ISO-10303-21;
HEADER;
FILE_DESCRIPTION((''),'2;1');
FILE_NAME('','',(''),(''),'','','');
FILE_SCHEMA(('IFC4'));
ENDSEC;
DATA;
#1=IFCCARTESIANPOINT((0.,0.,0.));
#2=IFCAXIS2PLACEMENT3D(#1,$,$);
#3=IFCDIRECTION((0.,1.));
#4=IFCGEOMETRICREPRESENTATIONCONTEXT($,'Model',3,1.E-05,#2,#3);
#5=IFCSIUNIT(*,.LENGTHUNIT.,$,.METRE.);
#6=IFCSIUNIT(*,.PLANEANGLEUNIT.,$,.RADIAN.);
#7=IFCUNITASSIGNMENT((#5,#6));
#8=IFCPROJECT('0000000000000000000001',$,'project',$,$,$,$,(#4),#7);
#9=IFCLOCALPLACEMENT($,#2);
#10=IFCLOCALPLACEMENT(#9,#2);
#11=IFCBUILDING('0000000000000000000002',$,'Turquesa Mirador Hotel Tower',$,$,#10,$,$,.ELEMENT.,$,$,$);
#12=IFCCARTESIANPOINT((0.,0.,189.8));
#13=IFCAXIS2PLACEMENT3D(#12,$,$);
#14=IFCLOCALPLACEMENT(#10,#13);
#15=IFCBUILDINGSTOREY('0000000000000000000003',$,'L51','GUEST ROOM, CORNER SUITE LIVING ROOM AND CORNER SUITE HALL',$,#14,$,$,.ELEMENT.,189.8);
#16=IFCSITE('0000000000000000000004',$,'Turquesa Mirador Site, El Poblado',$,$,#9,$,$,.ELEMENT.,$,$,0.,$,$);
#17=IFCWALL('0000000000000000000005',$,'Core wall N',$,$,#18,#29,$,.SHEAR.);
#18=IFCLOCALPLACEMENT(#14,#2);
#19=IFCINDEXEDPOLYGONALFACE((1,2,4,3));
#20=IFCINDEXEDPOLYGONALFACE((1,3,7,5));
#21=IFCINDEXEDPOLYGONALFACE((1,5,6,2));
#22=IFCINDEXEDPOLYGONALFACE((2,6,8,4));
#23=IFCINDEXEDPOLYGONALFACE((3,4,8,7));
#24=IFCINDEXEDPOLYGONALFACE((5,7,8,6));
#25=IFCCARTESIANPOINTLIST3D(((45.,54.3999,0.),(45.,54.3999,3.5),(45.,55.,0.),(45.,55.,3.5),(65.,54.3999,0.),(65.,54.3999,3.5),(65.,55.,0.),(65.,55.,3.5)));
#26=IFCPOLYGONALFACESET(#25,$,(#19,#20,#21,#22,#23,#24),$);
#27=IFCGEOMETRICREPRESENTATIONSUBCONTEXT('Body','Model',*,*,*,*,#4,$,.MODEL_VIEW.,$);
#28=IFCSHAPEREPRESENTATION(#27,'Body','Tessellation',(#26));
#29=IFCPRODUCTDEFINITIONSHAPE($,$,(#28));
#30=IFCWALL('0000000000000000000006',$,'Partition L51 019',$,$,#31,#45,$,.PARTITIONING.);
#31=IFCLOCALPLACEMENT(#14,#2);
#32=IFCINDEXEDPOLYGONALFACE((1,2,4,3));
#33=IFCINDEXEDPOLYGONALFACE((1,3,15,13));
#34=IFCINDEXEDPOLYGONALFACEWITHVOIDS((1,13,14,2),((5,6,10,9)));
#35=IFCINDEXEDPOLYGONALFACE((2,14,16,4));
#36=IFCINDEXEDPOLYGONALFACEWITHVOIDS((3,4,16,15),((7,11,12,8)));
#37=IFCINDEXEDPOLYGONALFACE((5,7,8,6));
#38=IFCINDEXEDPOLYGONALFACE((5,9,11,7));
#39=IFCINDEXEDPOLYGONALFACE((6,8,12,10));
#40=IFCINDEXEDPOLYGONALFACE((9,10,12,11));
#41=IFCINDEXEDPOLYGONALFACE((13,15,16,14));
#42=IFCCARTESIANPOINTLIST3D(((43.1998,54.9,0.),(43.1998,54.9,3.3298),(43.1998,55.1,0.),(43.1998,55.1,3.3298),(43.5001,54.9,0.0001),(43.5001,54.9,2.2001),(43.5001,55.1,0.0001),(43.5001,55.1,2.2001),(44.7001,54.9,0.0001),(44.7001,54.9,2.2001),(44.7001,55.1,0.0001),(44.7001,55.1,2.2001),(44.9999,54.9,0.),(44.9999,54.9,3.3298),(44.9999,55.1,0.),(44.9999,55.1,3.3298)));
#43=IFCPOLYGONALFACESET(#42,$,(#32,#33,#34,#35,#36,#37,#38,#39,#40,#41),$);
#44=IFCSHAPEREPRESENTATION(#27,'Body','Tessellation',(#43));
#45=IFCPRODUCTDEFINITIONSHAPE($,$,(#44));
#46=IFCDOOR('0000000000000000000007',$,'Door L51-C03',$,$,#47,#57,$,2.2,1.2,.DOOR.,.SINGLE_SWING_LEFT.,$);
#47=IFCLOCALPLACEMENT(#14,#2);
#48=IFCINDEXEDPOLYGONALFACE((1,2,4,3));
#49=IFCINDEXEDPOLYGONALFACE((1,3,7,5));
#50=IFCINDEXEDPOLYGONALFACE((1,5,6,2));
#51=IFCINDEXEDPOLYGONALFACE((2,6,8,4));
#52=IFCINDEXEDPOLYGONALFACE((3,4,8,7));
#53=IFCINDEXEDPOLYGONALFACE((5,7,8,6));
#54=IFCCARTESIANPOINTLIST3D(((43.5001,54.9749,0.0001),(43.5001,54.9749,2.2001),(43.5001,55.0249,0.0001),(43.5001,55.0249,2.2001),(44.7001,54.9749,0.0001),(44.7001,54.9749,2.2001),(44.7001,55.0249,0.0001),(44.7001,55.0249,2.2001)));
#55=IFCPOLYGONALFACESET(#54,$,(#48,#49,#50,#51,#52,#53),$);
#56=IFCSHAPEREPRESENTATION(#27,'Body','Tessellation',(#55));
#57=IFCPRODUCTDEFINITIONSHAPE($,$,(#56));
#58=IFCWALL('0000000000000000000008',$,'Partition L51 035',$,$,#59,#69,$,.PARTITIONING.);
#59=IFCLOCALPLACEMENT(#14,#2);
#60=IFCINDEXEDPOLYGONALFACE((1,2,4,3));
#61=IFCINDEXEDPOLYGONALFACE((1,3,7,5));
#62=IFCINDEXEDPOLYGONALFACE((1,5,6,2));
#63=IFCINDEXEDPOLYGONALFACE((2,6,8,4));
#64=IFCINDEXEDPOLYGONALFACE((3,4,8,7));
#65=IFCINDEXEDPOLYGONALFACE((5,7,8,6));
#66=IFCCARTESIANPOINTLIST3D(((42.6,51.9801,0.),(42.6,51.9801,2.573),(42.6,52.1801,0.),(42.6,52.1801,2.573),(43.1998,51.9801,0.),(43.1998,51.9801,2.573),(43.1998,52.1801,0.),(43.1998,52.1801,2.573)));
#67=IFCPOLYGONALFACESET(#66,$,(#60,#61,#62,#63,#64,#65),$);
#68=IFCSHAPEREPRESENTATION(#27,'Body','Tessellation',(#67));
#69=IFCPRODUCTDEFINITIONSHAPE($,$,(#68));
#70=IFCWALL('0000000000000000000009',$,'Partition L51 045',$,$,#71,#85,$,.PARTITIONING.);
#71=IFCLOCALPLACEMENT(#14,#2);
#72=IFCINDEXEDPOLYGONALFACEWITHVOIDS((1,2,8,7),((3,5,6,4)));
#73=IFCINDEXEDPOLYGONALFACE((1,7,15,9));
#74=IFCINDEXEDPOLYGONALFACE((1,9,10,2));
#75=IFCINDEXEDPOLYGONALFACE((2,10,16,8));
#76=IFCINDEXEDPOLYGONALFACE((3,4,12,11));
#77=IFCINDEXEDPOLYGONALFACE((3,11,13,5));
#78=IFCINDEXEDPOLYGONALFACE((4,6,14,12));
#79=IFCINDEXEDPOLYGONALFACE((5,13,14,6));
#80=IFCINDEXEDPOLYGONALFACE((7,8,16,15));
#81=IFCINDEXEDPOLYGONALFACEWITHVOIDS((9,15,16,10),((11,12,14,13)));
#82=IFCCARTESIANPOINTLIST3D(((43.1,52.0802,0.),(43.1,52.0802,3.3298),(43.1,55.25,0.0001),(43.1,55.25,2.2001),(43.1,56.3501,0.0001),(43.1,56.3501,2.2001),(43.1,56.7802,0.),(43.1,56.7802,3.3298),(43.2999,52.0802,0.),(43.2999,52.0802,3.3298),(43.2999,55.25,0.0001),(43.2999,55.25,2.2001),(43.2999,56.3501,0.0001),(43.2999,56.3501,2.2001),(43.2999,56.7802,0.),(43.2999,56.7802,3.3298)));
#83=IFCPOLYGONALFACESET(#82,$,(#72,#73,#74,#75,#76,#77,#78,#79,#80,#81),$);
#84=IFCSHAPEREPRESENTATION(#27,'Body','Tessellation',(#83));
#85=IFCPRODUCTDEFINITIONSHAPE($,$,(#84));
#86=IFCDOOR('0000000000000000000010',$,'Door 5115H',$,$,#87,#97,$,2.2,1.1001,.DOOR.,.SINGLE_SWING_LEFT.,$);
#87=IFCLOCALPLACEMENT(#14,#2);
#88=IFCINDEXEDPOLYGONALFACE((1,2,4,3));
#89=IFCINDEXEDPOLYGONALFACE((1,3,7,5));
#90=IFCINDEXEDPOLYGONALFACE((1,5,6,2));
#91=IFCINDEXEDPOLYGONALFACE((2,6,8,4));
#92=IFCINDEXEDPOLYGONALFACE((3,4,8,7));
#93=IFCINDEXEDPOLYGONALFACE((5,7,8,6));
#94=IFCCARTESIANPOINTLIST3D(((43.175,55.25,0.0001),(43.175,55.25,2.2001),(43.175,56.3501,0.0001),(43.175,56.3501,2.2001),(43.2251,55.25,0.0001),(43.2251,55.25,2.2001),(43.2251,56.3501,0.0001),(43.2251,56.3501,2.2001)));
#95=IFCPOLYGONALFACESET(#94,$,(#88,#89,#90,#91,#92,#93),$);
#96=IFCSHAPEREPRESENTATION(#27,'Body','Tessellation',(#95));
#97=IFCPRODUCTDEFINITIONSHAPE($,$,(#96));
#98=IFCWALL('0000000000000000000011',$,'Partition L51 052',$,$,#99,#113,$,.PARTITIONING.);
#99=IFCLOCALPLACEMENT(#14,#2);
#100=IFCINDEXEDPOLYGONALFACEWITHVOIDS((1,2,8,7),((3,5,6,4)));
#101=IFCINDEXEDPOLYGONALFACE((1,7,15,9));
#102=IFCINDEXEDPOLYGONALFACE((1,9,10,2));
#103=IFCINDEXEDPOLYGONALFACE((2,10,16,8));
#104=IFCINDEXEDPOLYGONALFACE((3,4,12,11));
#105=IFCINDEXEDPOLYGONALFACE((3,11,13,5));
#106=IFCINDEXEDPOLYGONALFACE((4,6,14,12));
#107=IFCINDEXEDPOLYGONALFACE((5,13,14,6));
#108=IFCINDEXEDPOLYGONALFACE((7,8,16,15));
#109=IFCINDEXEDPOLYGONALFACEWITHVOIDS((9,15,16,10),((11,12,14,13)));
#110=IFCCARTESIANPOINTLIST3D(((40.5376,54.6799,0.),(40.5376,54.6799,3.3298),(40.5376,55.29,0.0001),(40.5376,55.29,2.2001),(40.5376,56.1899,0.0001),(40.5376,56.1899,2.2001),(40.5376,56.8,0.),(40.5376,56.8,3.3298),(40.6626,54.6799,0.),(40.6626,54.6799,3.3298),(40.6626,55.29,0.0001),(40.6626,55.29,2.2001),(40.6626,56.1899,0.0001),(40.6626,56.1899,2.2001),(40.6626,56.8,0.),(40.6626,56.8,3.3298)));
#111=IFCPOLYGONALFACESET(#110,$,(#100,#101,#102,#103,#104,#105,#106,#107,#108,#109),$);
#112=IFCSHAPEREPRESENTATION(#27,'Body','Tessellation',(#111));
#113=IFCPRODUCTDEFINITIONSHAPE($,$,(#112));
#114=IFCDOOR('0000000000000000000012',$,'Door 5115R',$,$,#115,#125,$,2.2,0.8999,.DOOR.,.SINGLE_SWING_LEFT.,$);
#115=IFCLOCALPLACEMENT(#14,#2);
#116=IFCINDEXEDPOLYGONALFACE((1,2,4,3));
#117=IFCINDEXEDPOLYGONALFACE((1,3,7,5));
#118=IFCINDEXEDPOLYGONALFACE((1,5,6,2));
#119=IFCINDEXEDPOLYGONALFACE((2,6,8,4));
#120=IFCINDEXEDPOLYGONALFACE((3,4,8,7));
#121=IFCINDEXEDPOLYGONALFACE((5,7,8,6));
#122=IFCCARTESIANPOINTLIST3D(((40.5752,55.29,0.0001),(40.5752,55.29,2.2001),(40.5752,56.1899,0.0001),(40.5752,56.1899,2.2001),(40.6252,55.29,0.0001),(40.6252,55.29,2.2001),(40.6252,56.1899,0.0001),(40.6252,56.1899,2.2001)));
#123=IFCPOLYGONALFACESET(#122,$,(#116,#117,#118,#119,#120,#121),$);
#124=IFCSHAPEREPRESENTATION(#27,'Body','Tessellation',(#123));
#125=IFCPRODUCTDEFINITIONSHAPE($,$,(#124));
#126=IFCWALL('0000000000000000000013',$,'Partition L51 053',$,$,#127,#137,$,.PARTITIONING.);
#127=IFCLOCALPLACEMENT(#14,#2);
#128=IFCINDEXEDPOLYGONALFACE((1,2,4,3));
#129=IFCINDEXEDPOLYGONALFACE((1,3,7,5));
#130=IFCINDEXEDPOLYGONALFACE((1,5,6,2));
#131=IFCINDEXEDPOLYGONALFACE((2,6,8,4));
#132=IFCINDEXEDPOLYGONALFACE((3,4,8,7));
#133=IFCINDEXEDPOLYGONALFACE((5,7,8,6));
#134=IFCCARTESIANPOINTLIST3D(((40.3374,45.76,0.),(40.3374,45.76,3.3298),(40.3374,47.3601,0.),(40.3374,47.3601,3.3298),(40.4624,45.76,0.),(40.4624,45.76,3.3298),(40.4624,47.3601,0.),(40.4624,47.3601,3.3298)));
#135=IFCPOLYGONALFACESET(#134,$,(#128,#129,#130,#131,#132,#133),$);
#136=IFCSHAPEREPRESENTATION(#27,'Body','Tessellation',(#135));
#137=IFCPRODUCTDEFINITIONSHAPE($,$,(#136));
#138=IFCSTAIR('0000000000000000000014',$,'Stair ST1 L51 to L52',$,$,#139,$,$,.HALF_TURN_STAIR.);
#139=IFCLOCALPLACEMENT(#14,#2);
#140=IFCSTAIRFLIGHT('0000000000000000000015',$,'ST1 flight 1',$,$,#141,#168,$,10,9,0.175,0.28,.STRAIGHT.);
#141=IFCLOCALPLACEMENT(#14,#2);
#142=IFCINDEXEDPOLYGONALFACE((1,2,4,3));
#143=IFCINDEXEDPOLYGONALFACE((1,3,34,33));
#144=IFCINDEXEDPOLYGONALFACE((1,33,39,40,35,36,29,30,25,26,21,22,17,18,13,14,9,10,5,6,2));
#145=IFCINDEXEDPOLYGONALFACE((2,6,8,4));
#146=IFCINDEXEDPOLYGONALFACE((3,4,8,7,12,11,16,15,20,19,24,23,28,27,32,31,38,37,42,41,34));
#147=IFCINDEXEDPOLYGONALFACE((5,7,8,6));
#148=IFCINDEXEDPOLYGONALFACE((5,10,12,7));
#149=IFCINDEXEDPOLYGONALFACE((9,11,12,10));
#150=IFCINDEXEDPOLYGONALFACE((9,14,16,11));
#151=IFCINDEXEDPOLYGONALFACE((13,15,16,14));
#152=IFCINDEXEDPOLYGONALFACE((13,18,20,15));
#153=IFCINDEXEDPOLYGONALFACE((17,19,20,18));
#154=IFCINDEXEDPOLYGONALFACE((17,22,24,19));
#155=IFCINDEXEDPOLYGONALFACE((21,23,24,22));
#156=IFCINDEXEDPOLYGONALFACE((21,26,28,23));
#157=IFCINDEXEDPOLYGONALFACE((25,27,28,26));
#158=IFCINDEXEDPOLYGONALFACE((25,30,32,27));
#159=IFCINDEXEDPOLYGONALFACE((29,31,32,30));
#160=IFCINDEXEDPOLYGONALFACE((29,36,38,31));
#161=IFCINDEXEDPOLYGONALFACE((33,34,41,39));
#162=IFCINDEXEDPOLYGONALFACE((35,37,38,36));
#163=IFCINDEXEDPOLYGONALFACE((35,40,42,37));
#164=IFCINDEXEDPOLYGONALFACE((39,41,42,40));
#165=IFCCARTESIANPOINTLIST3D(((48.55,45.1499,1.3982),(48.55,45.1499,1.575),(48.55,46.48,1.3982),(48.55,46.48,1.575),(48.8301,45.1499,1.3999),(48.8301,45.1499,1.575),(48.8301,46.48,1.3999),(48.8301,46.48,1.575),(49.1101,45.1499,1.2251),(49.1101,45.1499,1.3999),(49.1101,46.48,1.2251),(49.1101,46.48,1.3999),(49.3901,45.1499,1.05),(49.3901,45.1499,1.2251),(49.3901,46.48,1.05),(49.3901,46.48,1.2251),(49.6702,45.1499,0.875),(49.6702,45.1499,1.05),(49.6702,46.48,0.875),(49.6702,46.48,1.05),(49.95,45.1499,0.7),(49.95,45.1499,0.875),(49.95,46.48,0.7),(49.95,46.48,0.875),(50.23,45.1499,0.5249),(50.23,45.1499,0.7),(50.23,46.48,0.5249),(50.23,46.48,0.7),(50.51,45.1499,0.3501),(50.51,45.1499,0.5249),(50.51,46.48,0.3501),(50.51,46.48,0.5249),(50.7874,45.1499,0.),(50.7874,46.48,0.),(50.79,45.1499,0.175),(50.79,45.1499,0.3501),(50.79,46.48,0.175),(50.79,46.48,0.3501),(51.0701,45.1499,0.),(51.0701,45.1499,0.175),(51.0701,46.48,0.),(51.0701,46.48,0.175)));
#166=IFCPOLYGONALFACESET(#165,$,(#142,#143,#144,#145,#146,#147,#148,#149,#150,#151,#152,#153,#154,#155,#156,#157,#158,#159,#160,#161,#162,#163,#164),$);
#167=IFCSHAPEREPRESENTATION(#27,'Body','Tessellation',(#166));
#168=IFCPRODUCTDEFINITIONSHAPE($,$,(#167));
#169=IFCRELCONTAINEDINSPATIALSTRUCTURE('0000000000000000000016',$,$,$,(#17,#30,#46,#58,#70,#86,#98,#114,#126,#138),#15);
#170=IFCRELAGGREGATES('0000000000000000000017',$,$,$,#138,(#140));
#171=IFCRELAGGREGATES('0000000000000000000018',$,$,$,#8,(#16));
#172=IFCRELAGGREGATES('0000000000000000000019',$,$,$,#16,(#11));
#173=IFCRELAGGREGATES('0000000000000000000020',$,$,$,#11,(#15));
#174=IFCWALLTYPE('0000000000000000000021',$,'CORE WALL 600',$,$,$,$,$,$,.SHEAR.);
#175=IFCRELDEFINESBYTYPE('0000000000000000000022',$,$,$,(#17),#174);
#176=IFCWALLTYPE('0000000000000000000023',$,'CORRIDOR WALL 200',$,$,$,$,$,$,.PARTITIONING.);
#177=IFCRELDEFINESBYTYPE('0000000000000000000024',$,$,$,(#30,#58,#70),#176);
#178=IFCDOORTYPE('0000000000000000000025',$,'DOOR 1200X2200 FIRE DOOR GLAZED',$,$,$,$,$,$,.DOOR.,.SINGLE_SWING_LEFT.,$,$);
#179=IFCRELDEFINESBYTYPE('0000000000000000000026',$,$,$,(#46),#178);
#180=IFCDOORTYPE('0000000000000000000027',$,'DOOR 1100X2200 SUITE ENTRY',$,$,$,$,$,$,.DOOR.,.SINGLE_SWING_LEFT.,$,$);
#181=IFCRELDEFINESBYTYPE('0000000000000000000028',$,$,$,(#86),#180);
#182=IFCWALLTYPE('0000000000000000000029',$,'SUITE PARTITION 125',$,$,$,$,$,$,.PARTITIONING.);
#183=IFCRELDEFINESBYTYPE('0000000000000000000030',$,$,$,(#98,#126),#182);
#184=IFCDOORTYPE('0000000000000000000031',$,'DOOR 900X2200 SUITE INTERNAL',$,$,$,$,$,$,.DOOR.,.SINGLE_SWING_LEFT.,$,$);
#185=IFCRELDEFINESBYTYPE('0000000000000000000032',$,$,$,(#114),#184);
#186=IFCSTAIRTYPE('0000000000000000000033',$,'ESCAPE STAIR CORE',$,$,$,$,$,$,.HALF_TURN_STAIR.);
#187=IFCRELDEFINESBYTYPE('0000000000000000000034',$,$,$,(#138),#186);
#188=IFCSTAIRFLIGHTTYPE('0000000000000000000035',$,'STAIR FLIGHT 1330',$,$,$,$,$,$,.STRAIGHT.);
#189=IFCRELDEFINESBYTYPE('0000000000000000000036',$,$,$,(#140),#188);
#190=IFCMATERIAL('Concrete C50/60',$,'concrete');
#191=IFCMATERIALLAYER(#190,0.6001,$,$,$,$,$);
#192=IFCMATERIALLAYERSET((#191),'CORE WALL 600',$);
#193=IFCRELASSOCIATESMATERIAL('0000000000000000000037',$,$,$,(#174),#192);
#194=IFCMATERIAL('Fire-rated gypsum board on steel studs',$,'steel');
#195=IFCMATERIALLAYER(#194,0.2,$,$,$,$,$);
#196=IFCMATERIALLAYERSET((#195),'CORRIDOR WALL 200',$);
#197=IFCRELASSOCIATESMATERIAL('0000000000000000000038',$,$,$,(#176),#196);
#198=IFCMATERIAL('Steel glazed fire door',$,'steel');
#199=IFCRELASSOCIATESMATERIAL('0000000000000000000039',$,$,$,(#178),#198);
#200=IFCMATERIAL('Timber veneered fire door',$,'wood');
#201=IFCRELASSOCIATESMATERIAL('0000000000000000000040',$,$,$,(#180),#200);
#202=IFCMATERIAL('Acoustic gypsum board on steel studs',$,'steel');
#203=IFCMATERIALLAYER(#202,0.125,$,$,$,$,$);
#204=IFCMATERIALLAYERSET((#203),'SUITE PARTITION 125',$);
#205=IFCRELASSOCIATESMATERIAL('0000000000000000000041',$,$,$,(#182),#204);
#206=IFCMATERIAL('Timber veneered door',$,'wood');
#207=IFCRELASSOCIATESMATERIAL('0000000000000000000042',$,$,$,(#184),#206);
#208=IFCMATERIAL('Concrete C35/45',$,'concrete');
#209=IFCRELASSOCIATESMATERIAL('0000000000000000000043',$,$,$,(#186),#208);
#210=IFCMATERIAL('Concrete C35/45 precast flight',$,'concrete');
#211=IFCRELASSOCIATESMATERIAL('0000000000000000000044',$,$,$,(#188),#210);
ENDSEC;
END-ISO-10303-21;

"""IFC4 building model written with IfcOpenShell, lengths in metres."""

from ifc_helpers import new_model, si_unit, direction, frame, frame_2d, origin, place, context, subcontext, project, spatial, polyline, rectangle, outline, extrude, material, layer, layer_set, type_object, element, fill, aggregate, save


model = new_model("IFC4")

# Units and contexts
model_context = context("Model", 3, precision=1e-05, world=origin(), true_north=direction((0.0, 1.0)))
body_context = subcontext(model_context, "Body", "Model", "MODEL_VIEW")
ifc_project = project(units=[si_unit("LENGTHUNIT", "METRE"), si_unit("PLANEANGLEUNIT", "RADIAN")], contexts=[model_context])

# Site, building, storey
site_placement = place(None, origin())
site = spatial("IfcSite", under=ifc_project, at=site_placement, Name="Turquesa Mirador Site, El Poblado", CompositionType="ELEMENT", RefElevation=0.0)
building_placement = place(site_placement, origin())
building = spatial("IfcBuilding", under=site, at=building_placement, Name="Turquesa Mirador Hotel Tower", CompositionType="ELEMENT")
storey_placement = place(building_placement, frame((0.0, 0.0, 189.8)))
storey = spatial("IfcBuildingStorey", under=building, at=storey_placement, Name="L51", Description="GUEST ROOM, CORNER SUITE LIVING ROOM AND CORNER SUITE HALL", CompositionType="ELEMENT", Elevation=189.8)

# Wall
ifc_material_1 = material(Name="Concrete C50/60", Category="concrete")
ifc_layer_1 = layer(ifc_material_1, 0.6001)
ifc_layer_set_1 = layer_set([ifc_layer_1], Name="CORE WALL 600")
wall_type_1 = type_object("IfcWallType", Name="CORE WALL 600", PredefinedType="SHEAR", material=ifc_layer_set_1)
wall_1_placement = place(storey_placement, frame((45.0, 54.7, 0.0), z_axis=(0.0, 0.0, 1.0), x_axis=(1.0, 0.0, 0.0)))
element("IfcWall", 1, at=wall_1_placement, inside=storey, type_object=wall_type_1, Name="Core wall N", PredefinedType="SHEAR", context=body_context, shape_type="SweptSolid", body=[
    extrude(rectangle(XDim=20.0, YDim=0.6001, at=frame_2d((10.0, 0.0))), origin(), (0.0, 0.0, 1.0), 3.5),
])

# Wall, opening, door
ifc_material_2 = material(Name="Fire-rated gypsum board on steel studs", Category="steel")
ifc_layer_2 = layer(ifc_material_2, 0.2)
ifc_layer_set_2 = layer_set([ifc_layer_2], Name="CORRIDOR WALL 200")
wall_type_2 = type_object("IfcWallType", Name="CORRIDOR WALL 200", PredefinedType="PARTITIONING", material=ifc_layer_set_2)
wall_2_placement = place(storey_placement, frame((43.2, 55.0, 0.0), z_axis=(0.0, 0.0, 1.0), x_axis=(1.0, 0.0, 0.0)))
wall_2 = element("IfcWall", 2, at=wall_2_placement, inside=storey, type_object=wall_type_2, Name="Partition L51 019", PredefinedType="PARTITIONING", context=body_context, shape_type="SweptSolid", body=[
    extrude(rectangle(XDim=1.8, YDim=0.2, at=frame_2d((0.8999, 0.0))), origin(), (0.0, 0.0, 1.0), 3.3298),
])
opening_1_placement = place(wall_2_placement, frame((0.3, 0.0, 0.0)))
opening_1 = element("IfcOpeningElement", 3, at=opening_1_placement, cuts=wall_2, PredefinedType="OPENING", context=body_context, shape_type="SweptSolid", body=[
    extrude(rectangle(XDim=1.2, YDim=2.2, at=frame_2d((0.6001, 1.1001))), frame((0.0, 0.1099, 0.0), z_axis=(0.0, -1.0, 0.0), x_axis=(1.0, 0.0, 0.0)), (0.0, 0.0, 1.0), 0.22),
])
ifc_material_3 = material(Name="Steel glazed fire door", Category="steel")
door_type_1 = type_object("IfcDoorType", Name="DOOR 1200X2200 FIRE DOOR GLAZED", OperationType="SINGLE_SWING_LEFT", PredefinedType="DOOR", material=ifc_material_3)
door_1_placement = place(opening_1_placement, origin())
door_1 = element("IfcDoor", 4, at=door_1_placement, inside=storey, type_object=door_type_1, Name="Door L51-C03", OperationType="SINGLE_SWING_LEFT", OverallHeight=2.2, OverallWidth=1.2, PredefinedType="DOOR", context=body_context, shape_type="SweptSolid", body=[
    extrude(rectangle(XDim=1.2, YDim=2.2, at=frame_2d((0.6001, 1.1001))), frame((0.0, 0.0249, 0.0), z_axis=(0.0, -1.0, 0.0), x_axis=(1.0, 0.0, 0.0)), (0.0, 0.0, 1.0), 0.05),
])
fill(opening_1, door_1)

# Wall
wall_3_placement = place(storey_placement, frame((42.6001, 52.0801, 0.0), z_axis=(0.0, 0.0, 1.0), x_axis=(1.0, 0.0, 0.0)))
element("IfcWall", 5, at=wall_3_placement, inside=storey, type_object=wall_type_2, Name="Partition L51 035", PredefinedType="PARTITIONING", context=body_context, shape_type="SweptSolid", body=[
    extrude(rectangle(XDim=0.5999, YDim=0.2, at=frame_2d((0.2998, 0.0))), origin(), (0.0, 0.0, 1.0), 2.573),
])

# Walls, openings, doors
wall_4_placement = place(storey_placement, frame((43.2, 52.0801, 0.0), z_axis=(0.0, 0.0, 1.0), x_axis=(0.0, 1.0, 0.0)))
wall_4 = element("IfcWall", 6, at=wall_4_placement, inside=storey, type_object=wall_type_2, Name="Partition L51 045", PredefinedType="PARTITIONING", context=body_context, shape_type="SweptSolid", body=[
    extrude(rectangle(XDim=4.7, YDim=0.2, at=frame_2d((2.3501, 0.0))), origin(), (0.0, 0.0, 1.0), 3.3298),
])
opening_2_placement = place(wall_4_placement, frame((3.1699, 0.0, 0.0)))
opening_2 = element("IfcOpeningElement", 7, at=opening_2_placement, cuts=wall_4, PredefinedType="OPENING", context=body_context, shape_type="SweptSolid", body=[
    extrude(rectangle(XDim=1.1001, YDim=2.2, at=frame_2d((0.55, 1.1001))), frame((0.0, 0.1099, 0.0), z_axis=(0.0, -1.0, 0.0), x_axis=(1.0, 0.0, 0.0)), (0.0, 0.0, 1.0), 0.22),
])
ifc_material_4 = material(Name="Timber veneered fire door", Category="wood")
door_type_2 = type_object("IfcDoorType", Name="DOOR 1100X2200 SUITE ENTRY", OperationType="SINGLE_SWING_LEFT", PredefinedType="DOOR", material=ifc_material_4)
door_2_placement = place(opening_2_placement, origin())
door_2 = element("IfcDoor", 8, at=door_2_placement, inside=storey, type_object=door_type_2, Name="Door 5115H", OperationType="SINGLE_SWING_LEFT", OverallHeight=2.2, OverallWidth=1.1001, PredefinedType="DOOR", context=body_context, shape_type="SweptSolid", body=[
    extrude(rectangle(XDim=1.1001, YDim=2.2, at=frame_2d((0.55, 1.1001))), frame((0.0, 0.0249, 0.0), z_axis=(0.0, -1.0, 0.0), x_axis=(1.0, 0.0, 0.0)), (0.0, 0.0, 1.0), 0.05),
])
fill(opening_2, door_2)
ifc_material_5 = material(Name="Acoustic gypsum board on steel studs", Category="steel")
ifc_layer_3 = layer(ifc_material_5, 0.125)
ifc_layer_set_3 = layer_set([ifc_layer_3], Name="SUITE PARTITION 125")
wall_type_3 = type_object("IfcWallType", Name="SUITE PARTITION 125", PredefinedType="PARTITIONING", material=ifc_layer_set_3)
wall_5_placement = place(storey_placement, frame((40.6001, 54.6799, 0.0), z_axis=(0.0, 0.0, 1.0), x_axis=(0.0, 1.0, 0.0)))
wall_5 = element("IfcWall", 9, at=wall_5_placement, inside=storey, type_object=wall_type_3, Name="Partition L51 052", PredefinedType="PARTITIONING", context=body_context, shape_type="SweptSolid", body=[
    extrude(rectangle(XDim=2.1201, YDim=0.125, at=frame_2d((1.0601, 0.0))), origin(), (0.0, 0.0, 1.0), 3.3298),
])
opening_3_placement = place(wall_5_placement, frame((0.6101, 0.0, 0.0)))
opening_3 = element("IfcOpeningElement", 10, at=opening_3_placement, cuts=wall_5, PredefinedType="OPENING", context=body_context, shape_type="SweptSolid", body=[
    extrude(rectangle(XDim=0.8999, YDim=2.2, at=frame_2d((0.45, 1.1001))), frame((0.0, 0.0725, 0.0), z_axis=(0.0, -1.0, 0.0), x_axis=(1.0, 0.0, 0.0)), (0.0, 0.0, 1.0), 0.145),
])
ifc_material_6 = material(Name="Timber veneered door", Category="wood")
door_type_3 = type_object("IfcDoorType", Name="DOOR 900X2200 SUITE INTERNAL", OperationType="SINGLE_SWING_LEFT", PredefinedType="DOOR", material=ifc_material_6)
door_3_placement = place(opening_3_placement, origin())
door_3 = element("IfcDoor", 11, at=door_3_placement, inside=storey, type_object=door_type_3, Name="Door 5115R", OperationType="SINGLE_SWING_LEFT", OverallHeight=2.2, OverallWidth=0.8999, PredefinedType="DOOR", context=body_context, shape_type="SweptSolid", body=[
    extrude(rectangle(XDim=0.8999, YDim=2.2, at=frame_2d((0.45, 1.1001))), frame((0.0, 0.0249, 0.0), z_axis=(0.0, -1.0, 0.0), x_axis=(1.0, 0.0, 0.0)), (0.0, 0.0, 1.0), 0.05),
])
fill(opening_3, door_3)

# Wall
wall_6_placement = place(storey_placement, frame((40.3999, 45.76, 0.0), z_axis=(0.0, 0.0, 1.0), x_axis=(0.0, 1.0, 0.0)))
element("IfcWall", 12, at=wall_6_placement, inside=storey, type_object=wall_type_3, Name="Partition L51 053", PredefinedType="PARTITIONING", context=body_context, shape_type="SweptSolid", body=[
    extrude(rectangle(XDim=1.6001, YDim=0.125, at=frame_2d((0.8, 0.0))), origin(), (0.0, 0.0, 1.0), 3.3298),
])

# Stair, stair flight
ifc_material_7 = material(Name="Concrete C35/45", Category="concrete")
stair_type = type_object("IfcStairType", Name="ESCAPE STAIR CORE", PredefinedType="HALF_TURN_STAIR", material=ifc_material_7)
stair_1_placement = place(storey_placement, origin())
stair_1 = element("IfcStair", 13, at=stair_1_placement, inside=storey, type_object=stair_type, Name="Stair ST1 L51 to L52", PredefinedType="HALF_TURN_STAIR")
ifc_material_8 = material(Name="Concrete C35/45 precast flight", Category="concrete")
stair_flight_type = type_object("IfcStairFlightType", Name="STAIR FLIGHT 1330", PredefinedType="STRAIGHT", material=ifc_material_8)
stair_flight_1_placement = place(storey_placement, frame((51.0701, 45.8149, 0.0), z_axis=(0.0, 0.0, 1.0), x_axis=(-1.0, 0.0, 0.0)))
stair_flight_1 = element("IfcStairFlight", 14, at=stair_flight_1_placement, type_object=stair_flight_type, Name="ST1 flight 1", NumberOfRisers=10, NumberOfTreads=9, PredefinedType="STRAIGHT", RiserHeight=0.175, TreadLength=0.28, context=body_context, shape_type="SweptSolid", body=[
    extrude(outline(polyline([(0.0, 0.0), (0.0, 0.175), (0.28, 0.175), (0.28, 0.3501), (0.5601, 0.3501), (0.5601, 0.5249), (0.8401, 0.5249), (0.8401, 0.7), (1.1201, 0.7), (1.1201, 0.875), (1.3999, 0.875), (1.3999, 1.05), (1.6799, 1.05), (1.6799, 1.2251), (1.96, 1.2251), (1.96, 1.3999), (2.24, 1.3999), (2.24, 1.575), (2.52, 1.575), (2.52, 1.75), (2.52, 1.3982), (0.2827, 0.0), (0.0, 0.0)])), frame((0.0, 0.665, 0.0), z_axis=(0.0, -1.0, 0.0), x_axis=(1.0, 0.0, 0.0)), (0.0, 0.0, 1.0), 1.3301),
])
aggregate(stair_1, [stair_flight_1])

save(model, "model.ifc")
